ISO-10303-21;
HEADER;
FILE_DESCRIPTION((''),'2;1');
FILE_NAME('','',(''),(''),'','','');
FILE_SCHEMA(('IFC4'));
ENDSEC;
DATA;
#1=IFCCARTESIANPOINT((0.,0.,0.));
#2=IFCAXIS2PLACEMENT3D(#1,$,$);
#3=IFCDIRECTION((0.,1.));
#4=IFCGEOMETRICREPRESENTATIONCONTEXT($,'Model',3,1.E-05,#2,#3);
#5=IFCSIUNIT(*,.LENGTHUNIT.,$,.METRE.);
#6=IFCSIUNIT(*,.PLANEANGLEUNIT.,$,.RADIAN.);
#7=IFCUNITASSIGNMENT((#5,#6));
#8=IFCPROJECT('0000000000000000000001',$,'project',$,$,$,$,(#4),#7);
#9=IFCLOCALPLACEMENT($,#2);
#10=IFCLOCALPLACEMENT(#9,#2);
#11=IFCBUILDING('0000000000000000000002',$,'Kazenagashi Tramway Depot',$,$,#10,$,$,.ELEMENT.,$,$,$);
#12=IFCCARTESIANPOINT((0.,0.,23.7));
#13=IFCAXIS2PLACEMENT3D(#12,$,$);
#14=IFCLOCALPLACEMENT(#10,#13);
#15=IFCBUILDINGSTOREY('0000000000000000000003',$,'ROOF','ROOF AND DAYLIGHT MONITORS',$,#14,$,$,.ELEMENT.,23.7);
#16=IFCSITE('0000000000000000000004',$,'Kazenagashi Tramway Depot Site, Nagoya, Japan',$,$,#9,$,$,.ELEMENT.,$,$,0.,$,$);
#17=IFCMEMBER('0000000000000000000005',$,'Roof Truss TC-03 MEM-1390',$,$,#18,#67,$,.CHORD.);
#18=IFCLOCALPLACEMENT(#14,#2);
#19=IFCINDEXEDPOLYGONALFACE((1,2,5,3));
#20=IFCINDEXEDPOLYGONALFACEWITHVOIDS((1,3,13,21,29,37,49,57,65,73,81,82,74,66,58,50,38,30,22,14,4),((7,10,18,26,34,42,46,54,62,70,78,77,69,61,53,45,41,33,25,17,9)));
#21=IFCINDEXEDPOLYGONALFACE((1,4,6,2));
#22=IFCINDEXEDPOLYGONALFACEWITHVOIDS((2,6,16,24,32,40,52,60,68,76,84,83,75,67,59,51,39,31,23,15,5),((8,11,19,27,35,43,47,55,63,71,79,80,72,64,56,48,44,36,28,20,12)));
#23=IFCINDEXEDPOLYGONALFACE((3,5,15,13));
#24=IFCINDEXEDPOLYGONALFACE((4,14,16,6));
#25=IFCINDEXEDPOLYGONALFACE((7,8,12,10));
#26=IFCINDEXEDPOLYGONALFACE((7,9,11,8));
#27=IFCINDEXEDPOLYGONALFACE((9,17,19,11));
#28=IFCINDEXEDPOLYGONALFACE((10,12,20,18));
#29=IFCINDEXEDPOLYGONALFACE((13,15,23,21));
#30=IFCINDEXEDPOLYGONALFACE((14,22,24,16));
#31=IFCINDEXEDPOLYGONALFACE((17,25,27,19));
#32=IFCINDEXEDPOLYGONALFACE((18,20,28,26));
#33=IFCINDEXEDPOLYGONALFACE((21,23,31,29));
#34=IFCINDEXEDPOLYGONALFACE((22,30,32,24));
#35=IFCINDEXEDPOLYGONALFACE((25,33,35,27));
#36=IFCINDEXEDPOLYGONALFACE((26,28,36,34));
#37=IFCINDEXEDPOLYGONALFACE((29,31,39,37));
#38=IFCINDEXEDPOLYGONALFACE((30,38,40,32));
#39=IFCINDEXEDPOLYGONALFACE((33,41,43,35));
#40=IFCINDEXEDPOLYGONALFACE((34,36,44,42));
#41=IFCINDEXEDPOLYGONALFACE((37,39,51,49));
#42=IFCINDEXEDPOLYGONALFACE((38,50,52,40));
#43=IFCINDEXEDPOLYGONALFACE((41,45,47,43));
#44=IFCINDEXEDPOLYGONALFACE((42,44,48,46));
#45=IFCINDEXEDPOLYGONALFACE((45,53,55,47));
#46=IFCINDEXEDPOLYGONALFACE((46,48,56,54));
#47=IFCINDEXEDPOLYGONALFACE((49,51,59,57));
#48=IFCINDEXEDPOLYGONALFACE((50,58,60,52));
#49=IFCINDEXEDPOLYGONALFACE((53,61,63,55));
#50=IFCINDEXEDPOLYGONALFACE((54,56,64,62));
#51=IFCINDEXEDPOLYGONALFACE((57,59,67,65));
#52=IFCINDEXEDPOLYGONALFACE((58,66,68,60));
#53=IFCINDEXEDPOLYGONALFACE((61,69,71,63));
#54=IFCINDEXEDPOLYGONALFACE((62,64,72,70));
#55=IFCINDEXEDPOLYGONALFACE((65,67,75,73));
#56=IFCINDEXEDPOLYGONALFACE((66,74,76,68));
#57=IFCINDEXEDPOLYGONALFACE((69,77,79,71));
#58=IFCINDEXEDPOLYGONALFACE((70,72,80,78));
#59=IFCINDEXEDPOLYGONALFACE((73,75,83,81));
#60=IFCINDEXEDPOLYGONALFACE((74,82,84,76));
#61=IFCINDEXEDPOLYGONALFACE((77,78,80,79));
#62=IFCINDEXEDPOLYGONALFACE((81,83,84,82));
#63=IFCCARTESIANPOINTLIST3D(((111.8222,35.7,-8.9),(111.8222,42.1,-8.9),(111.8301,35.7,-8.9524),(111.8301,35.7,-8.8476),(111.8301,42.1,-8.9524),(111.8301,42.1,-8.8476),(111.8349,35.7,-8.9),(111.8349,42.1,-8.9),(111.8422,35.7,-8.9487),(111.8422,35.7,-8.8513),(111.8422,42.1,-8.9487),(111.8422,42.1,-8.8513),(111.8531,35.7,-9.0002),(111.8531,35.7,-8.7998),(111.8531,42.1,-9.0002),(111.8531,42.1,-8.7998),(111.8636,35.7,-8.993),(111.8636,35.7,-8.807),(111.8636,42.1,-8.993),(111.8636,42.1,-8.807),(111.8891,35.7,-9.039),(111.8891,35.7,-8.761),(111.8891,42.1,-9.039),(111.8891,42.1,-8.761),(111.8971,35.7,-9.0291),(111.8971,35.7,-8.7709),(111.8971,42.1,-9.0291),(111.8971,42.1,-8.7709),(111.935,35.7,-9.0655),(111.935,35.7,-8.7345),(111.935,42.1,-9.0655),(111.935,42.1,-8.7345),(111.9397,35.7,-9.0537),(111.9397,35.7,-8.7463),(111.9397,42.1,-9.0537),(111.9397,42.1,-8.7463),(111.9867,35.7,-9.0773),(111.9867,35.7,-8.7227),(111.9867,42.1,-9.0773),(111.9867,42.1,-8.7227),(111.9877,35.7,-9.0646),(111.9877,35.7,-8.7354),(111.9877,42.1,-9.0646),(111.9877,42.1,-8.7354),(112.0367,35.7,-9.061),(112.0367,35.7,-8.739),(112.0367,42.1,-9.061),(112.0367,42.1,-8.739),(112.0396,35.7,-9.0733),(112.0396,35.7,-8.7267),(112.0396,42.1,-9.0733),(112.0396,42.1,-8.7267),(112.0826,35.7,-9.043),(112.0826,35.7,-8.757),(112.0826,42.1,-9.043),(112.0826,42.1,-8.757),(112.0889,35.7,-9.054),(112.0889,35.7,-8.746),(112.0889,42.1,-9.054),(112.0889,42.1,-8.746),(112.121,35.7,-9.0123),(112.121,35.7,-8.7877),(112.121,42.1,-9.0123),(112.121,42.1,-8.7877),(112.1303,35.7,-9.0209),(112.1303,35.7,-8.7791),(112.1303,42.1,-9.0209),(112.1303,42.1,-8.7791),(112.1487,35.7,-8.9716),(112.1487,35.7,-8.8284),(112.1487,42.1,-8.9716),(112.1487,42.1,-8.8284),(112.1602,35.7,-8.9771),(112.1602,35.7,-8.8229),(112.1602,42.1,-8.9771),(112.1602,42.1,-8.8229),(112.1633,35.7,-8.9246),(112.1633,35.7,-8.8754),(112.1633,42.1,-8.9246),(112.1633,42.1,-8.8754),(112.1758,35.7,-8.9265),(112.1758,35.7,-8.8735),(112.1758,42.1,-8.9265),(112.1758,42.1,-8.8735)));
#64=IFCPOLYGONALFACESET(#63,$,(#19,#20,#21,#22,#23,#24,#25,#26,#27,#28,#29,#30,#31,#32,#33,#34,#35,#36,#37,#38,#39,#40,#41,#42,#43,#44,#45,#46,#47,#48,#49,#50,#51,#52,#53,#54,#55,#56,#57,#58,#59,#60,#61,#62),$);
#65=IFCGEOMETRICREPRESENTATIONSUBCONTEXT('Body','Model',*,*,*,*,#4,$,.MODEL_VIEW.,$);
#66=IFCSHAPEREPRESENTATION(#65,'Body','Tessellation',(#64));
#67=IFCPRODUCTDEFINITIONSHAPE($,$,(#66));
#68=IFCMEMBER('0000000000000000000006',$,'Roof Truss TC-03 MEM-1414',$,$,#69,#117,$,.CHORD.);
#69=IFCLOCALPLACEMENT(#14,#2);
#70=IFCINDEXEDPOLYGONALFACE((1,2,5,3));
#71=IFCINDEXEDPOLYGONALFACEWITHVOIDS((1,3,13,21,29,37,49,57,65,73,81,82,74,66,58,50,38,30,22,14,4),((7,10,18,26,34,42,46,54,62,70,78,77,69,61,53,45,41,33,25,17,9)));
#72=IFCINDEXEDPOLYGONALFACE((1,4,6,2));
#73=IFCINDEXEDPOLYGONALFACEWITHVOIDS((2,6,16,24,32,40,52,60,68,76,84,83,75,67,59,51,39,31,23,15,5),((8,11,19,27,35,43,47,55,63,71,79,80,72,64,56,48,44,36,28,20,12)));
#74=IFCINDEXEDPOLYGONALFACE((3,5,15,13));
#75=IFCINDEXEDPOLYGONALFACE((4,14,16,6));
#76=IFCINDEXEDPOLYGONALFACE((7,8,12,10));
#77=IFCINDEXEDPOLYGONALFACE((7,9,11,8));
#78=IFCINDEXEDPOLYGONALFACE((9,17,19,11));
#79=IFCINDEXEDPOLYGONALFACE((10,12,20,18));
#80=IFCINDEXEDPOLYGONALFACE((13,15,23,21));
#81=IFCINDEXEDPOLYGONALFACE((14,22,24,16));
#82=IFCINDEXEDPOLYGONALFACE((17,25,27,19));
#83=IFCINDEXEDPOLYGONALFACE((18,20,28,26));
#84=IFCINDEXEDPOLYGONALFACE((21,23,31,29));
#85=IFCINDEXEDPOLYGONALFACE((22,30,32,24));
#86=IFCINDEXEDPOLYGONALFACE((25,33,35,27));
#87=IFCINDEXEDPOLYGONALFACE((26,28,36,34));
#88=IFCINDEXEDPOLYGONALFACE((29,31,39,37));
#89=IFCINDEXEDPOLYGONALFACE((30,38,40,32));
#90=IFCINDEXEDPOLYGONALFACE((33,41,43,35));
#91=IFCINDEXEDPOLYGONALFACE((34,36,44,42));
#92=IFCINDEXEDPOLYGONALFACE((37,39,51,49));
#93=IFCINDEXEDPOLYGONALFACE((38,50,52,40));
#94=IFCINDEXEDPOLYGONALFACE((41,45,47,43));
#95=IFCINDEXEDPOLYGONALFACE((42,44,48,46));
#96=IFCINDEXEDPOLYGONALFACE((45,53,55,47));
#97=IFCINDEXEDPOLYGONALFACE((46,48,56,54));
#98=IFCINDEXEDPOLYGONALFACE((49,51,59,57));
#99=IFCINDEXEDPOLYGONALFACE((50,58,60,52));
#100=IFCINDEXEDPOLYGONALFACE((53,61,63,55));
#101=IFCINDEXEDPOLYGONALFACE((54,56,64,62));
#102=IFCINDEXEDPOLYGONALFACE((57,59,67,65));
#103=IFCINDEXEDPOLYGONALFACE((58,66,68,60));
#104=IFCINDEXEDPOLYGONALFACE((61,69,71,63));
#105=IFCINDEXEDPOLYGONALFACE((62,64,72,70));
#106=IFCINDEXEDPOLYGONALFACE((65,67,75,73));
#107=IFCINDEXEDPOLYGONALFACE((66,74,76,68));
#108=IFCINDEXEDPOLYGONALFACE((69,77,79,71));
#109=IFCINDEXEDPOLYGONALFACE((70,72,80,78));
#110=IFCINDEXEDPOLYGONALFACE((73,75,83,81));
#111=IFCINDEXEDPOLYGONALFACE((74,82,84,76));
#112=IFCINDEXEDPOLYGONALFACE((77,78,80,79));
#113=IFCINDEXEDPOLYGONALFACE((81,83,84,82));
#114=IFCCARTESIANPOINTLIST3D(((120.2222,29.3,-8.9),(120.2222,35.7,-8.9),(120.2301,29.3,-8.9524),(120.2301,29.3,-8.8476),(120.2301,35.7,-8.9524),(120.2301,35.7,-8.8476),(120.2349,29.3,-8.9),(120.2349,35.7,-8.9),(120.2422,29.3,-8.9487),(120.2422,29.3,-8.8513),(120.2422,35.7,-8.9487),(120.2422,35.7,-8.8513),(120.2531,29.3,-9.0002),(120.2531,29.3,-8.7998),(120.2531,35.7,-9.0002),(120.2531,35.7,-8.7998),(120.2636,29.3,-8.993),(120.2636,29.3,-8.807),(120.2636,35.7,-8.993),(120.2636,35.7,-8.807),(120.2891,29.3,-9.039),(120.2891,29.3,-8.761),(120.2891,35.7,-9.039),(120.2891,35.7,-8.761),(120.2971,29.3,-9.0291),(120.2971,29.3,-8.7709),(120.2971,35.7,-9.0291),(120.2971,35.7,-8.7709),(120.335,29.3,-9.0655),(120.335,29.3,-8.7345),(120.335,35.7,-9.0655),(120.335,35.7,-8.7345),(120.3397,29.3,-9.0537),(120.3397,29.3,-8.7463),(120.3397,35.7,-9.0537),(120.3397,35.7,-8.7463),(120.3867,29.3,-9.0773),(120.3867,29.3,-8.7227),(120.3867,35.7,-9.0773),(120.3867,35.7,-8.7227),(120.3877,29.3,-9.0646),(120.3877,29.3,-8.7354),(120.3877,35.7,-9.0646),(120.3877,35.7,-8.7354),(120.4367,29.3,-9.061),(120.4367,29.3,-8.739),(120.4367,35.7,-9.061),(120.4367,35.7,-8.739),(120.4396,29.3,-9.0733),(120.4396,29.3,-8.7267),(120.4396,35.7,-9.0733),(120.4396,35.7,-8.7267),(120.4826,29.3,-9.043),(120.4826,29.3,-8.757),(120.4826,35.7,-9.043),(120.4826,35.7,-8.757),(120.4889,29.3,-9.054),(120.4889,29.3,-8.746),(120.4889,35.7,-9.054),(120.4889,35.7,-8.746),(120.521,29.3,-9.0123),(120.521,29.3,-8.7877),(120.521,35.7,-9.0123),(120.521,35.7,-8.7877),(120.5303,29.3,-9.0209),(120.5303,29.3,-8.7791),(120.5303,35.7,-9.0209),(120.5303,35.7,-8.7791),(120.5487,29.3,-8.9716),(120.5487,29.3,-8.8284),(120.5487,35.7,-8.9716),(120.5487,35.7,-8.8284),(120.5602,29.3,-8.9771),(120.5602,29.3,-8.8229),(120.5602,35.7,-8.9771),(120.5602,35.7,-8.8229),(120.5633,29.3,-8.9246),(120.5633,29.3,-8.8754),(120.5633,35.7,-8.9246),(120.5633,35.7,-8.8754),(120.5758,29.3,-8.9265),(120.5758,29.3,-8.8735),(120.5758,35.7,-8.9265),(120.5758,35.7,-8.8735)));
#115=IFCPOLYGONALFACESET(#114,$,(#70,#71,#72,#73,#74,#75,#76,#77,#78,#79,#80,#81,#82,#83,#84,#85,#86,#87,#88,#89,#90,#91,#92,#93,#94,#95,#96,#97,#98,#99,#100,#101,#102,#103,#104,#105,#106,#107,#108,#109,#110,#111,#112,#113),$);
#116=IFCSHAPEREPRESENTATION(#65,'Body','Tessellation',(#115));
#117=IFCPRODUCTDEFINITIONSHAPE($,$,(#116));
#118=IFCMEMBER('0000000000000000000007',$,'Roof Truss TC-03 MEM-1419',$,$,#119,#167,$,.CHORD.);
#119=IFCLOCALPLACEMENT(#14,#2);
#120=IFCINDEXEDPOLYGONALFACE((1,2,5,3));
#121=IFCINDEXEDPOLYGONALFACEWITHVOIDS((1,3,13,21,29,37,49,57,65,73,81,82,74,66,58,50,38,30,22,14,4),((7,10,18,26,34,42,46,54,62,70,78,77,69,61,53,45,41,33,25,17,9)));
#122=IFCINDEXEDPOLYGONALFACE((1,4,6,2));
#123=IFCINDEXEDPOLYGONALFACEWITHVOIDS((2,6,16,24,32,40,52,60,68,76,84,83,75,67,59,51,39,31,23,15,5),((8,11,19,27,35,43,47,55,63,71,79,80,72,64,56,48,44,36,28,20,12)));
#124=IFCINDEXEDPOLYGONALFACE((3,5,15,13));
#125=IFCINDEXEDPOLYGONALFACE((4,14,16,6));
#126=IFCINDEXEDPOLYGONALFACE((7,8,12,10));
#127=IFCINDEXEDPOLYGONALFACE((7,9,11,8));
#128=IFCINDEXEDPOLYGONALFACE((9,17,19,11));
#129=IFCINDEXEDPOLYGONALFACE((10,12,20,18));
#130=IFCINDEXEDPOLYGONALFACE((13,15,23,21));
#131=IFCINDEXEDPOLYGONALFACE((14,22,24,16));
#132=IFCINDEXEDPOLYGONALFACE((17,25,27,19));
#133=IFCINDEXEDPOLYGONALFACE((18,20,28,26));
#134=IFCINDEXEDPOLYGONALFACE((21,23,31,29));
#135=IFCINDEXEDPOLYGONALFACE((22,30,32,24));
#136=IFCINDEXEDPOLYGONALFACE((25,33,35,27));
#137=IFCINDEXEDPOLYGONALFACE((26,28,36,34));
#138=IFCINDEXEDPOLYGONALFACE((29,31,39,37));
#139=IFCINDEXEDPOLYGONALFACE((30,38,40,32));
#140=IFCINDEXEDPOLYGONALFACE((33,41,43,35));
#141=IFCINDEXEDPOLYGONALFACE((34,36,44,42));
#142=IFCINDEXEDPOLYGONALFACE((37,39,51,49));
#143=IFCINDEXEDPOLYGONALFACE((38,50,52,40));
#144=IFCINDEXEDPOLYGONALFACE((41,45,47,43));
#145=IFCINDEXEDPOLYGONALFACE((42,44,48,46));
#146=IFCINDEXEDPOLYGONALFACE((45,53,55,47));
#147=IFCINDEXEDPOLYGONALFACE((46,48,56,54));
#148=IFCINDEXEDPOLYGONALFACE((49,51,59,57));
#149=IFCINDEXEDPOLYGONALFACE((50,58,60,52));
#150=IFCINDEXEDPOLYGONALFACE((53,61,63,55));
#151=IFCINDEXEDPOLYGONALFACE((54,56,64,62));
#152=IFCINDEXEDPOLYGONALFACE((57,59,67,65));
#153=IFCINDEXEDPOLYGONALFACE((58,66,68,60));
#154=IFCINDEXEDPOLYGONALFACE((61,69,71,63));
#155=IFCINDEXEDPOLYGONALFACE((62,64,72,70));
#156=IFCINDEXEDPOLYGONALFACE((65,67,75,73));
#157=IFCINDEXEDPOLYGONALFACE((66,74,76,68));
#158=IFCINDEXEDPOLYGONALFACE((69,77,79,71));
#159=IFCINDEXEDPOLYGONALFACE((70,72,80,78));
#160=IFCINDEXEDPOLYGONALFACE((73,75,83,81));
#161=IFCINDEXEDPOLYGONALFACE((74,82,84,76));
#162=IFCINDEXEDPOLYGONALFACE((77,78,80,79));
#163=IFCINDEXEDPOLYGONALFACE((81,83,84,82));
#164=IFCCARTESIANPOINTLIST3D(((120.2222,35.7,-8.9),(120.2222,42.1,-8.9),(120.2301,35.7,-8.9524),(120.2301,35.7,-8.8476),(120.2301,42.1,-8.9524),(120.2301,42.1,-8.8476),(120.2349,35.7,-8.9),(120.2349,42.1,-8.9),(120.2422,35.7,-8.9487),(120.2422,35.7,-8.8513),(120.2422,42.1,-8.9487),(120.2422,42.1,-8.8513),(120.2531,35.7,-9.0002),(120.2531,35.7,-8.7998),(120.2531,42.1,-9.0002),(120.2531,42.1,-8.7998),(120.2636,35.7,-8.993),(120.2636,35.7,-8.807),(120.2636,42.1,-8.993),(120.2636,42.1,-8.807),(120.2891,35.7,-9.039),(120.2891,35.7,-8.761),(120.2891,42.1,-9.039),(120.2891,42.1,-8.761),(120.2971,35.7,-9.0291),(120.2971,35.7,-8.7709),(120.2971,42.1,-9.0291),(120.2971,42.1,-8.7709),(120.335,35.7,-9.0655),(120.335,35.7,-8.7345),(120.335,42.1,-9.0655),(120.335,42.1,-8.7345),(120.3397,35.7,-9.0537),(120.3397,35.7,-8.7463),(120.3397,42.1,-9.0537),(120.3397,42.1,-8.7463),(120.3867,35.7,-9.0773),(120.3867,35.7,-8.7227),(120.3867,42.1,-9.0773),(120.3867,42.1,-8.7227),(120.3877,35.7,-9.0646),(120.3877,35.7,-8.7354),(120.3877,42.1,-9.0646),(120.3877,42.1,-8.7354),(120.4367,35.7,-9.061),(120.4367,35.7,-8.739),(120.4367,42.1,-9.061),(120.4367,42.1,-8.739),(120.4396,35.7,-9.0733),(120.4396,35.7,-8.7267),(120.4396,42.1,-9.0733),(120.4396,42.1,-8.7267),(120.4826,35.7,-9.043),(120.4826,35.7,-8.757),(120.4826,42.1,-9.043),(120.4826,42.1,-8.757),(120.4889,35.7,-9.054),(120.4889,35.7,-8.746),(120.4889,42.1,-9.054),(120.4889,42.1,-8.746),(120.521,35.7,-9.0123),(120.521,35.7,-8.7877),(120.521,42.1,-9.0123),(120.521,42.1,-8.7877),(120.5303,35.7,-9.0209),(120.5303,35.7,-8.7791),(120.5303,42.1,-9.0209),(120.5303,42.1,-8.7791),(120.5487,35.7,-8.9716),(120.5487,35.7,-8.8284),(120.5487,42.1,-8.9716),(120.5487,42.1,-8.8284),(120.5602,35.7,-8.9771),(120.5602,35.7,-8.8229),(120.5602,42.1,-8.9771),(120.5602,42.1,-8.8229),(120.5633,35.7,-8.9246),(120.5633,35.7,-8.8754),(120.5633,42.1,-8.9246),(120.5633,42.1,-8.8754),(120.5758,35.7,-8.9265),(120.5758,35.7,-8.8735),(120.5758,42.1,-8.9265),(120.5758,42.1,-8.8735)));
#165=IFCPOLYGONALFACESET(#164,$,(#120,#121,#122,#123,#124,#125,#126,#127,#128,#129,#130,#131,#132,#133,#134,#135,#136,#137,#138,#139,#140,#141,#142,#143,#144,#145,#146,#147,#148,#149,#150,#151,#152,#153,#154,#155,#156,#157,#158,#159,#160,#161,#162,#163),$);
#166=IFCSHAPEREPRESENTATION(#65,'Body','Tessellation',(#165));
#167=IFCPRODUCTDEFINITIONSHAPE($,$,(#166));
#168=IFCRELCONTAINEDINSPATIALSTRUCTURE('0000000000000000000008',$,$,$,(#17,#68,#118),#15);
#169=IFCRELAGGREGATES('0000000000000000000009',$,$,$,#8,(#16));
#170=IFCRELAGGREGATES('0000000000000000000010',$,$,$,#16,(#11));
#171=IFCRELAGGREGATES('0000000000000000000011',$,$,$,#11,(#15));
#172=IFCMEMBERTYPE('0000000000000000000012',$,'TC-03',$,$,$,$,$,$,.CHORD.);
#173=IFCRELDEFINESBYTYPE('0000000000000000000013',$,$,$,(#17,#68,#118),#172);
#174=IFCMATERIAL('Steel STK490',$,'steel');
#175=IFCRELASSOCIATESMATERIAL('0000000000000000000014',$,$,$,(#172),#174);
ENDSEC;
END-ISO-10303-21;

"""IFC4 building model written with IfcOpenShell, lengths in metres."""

from ifc_helpers import new_model, si_unit, direction, frame, origin, origin_2d, place, context, subcontext, project, spatial, hollow_circle, extrude, material, material_profile, profile_set, type_object, element, save


model = new_model("IFC4")

# Units and contexts
model_context = context("Model", 3, precision=1e-05, world=origin(), true_north=direction((0.0, 1.0)))
body_context = subcontext(model_context, "Body", "Model", "MODEL_VIEW")
ifc_project = project(units=[si_unit("LENGTHUNIT", "METRE"), si_unit("PLANEANGLEUNIT", "RADIAN")], contexts=[model_context])

# Site, building, storey
site_placement = place(None, origin())
site = spatial("IfcSite", under=ifc_project, at=site_placement, Name="Kazenagashi Tramway Depot Site, Nagoya, Japan", CompositionType="ELEMENT", RefElevation=0.0)
building_placement = place(site_placement, origin())
building = spatial("IfcBuilding", under=site, at=building_placement, Name="Kazenagashi Tramway Depot", CompositionType="ELEMENT")
storey_placement = place(building_placement, frame((0.0, 0.0, 23.7)))
storey = spatial("IfcBuildingStorey", under=building, at=storey_placement, Name="ROOF", Description="ROOF AND DAYLIGHT MONITORS", CompositionType="ELEMENT", Elevation=23.7)

# Members
ifc_material_1 = material(Name="Steel STK490", Category="steel")
ifc_material_profile_1 = material_profile(ifc_material_1, hollow_circle(Radius=0.1778, WallThickness=0.0127, at=origin_2d()), Name="CHS-355.6x12.7")
ifc_profile_set_1 = profile_set([ifc_material_profile_1], Name="Steel STK490")
member_type_1 = type_object("IfcMemberType", Name="TC-03", PredefinedType="CHORD", material=ifc_profile_set_1)
for number, where, z_axis, x_axis, name in (
    (1, (112.0, 35.7, -8.9), (0.0, 1.0, 0.0), (-1.0, 0.0, 0.0), "Roof Truss TC-03 MEM-1390"),
    (2, (120.4, 29.3, -8.9), (0.0, 1.0, 0.0), (-1.0, 0.0, 0.0), "Roof Truss TC-03 MEM-1414"),
    (3, (120.4, 35.7, -8.9), (0.0, 1.0, 0.0), (-1.0, 0.0, 0.0), "Roof Truss TC-03 MEM-1419"),
):
    element("IfcMember", number, at=place(storey_placement, frame(where, z_axis=z_axis, x_axis=x_axis)), inside=storey, type_object=member_type_1, Name=name, PredefinedType="CHORD", context=body_context, shape_type="SweptSolid", body=[
        extrude(hollow_circle(Radius=0.1778, WallThickness=0.0127, at=origin_2d()), origin(), (0.0, 0.0, 1.0), 6.4),
    ])

save(model, "model.ifc")
